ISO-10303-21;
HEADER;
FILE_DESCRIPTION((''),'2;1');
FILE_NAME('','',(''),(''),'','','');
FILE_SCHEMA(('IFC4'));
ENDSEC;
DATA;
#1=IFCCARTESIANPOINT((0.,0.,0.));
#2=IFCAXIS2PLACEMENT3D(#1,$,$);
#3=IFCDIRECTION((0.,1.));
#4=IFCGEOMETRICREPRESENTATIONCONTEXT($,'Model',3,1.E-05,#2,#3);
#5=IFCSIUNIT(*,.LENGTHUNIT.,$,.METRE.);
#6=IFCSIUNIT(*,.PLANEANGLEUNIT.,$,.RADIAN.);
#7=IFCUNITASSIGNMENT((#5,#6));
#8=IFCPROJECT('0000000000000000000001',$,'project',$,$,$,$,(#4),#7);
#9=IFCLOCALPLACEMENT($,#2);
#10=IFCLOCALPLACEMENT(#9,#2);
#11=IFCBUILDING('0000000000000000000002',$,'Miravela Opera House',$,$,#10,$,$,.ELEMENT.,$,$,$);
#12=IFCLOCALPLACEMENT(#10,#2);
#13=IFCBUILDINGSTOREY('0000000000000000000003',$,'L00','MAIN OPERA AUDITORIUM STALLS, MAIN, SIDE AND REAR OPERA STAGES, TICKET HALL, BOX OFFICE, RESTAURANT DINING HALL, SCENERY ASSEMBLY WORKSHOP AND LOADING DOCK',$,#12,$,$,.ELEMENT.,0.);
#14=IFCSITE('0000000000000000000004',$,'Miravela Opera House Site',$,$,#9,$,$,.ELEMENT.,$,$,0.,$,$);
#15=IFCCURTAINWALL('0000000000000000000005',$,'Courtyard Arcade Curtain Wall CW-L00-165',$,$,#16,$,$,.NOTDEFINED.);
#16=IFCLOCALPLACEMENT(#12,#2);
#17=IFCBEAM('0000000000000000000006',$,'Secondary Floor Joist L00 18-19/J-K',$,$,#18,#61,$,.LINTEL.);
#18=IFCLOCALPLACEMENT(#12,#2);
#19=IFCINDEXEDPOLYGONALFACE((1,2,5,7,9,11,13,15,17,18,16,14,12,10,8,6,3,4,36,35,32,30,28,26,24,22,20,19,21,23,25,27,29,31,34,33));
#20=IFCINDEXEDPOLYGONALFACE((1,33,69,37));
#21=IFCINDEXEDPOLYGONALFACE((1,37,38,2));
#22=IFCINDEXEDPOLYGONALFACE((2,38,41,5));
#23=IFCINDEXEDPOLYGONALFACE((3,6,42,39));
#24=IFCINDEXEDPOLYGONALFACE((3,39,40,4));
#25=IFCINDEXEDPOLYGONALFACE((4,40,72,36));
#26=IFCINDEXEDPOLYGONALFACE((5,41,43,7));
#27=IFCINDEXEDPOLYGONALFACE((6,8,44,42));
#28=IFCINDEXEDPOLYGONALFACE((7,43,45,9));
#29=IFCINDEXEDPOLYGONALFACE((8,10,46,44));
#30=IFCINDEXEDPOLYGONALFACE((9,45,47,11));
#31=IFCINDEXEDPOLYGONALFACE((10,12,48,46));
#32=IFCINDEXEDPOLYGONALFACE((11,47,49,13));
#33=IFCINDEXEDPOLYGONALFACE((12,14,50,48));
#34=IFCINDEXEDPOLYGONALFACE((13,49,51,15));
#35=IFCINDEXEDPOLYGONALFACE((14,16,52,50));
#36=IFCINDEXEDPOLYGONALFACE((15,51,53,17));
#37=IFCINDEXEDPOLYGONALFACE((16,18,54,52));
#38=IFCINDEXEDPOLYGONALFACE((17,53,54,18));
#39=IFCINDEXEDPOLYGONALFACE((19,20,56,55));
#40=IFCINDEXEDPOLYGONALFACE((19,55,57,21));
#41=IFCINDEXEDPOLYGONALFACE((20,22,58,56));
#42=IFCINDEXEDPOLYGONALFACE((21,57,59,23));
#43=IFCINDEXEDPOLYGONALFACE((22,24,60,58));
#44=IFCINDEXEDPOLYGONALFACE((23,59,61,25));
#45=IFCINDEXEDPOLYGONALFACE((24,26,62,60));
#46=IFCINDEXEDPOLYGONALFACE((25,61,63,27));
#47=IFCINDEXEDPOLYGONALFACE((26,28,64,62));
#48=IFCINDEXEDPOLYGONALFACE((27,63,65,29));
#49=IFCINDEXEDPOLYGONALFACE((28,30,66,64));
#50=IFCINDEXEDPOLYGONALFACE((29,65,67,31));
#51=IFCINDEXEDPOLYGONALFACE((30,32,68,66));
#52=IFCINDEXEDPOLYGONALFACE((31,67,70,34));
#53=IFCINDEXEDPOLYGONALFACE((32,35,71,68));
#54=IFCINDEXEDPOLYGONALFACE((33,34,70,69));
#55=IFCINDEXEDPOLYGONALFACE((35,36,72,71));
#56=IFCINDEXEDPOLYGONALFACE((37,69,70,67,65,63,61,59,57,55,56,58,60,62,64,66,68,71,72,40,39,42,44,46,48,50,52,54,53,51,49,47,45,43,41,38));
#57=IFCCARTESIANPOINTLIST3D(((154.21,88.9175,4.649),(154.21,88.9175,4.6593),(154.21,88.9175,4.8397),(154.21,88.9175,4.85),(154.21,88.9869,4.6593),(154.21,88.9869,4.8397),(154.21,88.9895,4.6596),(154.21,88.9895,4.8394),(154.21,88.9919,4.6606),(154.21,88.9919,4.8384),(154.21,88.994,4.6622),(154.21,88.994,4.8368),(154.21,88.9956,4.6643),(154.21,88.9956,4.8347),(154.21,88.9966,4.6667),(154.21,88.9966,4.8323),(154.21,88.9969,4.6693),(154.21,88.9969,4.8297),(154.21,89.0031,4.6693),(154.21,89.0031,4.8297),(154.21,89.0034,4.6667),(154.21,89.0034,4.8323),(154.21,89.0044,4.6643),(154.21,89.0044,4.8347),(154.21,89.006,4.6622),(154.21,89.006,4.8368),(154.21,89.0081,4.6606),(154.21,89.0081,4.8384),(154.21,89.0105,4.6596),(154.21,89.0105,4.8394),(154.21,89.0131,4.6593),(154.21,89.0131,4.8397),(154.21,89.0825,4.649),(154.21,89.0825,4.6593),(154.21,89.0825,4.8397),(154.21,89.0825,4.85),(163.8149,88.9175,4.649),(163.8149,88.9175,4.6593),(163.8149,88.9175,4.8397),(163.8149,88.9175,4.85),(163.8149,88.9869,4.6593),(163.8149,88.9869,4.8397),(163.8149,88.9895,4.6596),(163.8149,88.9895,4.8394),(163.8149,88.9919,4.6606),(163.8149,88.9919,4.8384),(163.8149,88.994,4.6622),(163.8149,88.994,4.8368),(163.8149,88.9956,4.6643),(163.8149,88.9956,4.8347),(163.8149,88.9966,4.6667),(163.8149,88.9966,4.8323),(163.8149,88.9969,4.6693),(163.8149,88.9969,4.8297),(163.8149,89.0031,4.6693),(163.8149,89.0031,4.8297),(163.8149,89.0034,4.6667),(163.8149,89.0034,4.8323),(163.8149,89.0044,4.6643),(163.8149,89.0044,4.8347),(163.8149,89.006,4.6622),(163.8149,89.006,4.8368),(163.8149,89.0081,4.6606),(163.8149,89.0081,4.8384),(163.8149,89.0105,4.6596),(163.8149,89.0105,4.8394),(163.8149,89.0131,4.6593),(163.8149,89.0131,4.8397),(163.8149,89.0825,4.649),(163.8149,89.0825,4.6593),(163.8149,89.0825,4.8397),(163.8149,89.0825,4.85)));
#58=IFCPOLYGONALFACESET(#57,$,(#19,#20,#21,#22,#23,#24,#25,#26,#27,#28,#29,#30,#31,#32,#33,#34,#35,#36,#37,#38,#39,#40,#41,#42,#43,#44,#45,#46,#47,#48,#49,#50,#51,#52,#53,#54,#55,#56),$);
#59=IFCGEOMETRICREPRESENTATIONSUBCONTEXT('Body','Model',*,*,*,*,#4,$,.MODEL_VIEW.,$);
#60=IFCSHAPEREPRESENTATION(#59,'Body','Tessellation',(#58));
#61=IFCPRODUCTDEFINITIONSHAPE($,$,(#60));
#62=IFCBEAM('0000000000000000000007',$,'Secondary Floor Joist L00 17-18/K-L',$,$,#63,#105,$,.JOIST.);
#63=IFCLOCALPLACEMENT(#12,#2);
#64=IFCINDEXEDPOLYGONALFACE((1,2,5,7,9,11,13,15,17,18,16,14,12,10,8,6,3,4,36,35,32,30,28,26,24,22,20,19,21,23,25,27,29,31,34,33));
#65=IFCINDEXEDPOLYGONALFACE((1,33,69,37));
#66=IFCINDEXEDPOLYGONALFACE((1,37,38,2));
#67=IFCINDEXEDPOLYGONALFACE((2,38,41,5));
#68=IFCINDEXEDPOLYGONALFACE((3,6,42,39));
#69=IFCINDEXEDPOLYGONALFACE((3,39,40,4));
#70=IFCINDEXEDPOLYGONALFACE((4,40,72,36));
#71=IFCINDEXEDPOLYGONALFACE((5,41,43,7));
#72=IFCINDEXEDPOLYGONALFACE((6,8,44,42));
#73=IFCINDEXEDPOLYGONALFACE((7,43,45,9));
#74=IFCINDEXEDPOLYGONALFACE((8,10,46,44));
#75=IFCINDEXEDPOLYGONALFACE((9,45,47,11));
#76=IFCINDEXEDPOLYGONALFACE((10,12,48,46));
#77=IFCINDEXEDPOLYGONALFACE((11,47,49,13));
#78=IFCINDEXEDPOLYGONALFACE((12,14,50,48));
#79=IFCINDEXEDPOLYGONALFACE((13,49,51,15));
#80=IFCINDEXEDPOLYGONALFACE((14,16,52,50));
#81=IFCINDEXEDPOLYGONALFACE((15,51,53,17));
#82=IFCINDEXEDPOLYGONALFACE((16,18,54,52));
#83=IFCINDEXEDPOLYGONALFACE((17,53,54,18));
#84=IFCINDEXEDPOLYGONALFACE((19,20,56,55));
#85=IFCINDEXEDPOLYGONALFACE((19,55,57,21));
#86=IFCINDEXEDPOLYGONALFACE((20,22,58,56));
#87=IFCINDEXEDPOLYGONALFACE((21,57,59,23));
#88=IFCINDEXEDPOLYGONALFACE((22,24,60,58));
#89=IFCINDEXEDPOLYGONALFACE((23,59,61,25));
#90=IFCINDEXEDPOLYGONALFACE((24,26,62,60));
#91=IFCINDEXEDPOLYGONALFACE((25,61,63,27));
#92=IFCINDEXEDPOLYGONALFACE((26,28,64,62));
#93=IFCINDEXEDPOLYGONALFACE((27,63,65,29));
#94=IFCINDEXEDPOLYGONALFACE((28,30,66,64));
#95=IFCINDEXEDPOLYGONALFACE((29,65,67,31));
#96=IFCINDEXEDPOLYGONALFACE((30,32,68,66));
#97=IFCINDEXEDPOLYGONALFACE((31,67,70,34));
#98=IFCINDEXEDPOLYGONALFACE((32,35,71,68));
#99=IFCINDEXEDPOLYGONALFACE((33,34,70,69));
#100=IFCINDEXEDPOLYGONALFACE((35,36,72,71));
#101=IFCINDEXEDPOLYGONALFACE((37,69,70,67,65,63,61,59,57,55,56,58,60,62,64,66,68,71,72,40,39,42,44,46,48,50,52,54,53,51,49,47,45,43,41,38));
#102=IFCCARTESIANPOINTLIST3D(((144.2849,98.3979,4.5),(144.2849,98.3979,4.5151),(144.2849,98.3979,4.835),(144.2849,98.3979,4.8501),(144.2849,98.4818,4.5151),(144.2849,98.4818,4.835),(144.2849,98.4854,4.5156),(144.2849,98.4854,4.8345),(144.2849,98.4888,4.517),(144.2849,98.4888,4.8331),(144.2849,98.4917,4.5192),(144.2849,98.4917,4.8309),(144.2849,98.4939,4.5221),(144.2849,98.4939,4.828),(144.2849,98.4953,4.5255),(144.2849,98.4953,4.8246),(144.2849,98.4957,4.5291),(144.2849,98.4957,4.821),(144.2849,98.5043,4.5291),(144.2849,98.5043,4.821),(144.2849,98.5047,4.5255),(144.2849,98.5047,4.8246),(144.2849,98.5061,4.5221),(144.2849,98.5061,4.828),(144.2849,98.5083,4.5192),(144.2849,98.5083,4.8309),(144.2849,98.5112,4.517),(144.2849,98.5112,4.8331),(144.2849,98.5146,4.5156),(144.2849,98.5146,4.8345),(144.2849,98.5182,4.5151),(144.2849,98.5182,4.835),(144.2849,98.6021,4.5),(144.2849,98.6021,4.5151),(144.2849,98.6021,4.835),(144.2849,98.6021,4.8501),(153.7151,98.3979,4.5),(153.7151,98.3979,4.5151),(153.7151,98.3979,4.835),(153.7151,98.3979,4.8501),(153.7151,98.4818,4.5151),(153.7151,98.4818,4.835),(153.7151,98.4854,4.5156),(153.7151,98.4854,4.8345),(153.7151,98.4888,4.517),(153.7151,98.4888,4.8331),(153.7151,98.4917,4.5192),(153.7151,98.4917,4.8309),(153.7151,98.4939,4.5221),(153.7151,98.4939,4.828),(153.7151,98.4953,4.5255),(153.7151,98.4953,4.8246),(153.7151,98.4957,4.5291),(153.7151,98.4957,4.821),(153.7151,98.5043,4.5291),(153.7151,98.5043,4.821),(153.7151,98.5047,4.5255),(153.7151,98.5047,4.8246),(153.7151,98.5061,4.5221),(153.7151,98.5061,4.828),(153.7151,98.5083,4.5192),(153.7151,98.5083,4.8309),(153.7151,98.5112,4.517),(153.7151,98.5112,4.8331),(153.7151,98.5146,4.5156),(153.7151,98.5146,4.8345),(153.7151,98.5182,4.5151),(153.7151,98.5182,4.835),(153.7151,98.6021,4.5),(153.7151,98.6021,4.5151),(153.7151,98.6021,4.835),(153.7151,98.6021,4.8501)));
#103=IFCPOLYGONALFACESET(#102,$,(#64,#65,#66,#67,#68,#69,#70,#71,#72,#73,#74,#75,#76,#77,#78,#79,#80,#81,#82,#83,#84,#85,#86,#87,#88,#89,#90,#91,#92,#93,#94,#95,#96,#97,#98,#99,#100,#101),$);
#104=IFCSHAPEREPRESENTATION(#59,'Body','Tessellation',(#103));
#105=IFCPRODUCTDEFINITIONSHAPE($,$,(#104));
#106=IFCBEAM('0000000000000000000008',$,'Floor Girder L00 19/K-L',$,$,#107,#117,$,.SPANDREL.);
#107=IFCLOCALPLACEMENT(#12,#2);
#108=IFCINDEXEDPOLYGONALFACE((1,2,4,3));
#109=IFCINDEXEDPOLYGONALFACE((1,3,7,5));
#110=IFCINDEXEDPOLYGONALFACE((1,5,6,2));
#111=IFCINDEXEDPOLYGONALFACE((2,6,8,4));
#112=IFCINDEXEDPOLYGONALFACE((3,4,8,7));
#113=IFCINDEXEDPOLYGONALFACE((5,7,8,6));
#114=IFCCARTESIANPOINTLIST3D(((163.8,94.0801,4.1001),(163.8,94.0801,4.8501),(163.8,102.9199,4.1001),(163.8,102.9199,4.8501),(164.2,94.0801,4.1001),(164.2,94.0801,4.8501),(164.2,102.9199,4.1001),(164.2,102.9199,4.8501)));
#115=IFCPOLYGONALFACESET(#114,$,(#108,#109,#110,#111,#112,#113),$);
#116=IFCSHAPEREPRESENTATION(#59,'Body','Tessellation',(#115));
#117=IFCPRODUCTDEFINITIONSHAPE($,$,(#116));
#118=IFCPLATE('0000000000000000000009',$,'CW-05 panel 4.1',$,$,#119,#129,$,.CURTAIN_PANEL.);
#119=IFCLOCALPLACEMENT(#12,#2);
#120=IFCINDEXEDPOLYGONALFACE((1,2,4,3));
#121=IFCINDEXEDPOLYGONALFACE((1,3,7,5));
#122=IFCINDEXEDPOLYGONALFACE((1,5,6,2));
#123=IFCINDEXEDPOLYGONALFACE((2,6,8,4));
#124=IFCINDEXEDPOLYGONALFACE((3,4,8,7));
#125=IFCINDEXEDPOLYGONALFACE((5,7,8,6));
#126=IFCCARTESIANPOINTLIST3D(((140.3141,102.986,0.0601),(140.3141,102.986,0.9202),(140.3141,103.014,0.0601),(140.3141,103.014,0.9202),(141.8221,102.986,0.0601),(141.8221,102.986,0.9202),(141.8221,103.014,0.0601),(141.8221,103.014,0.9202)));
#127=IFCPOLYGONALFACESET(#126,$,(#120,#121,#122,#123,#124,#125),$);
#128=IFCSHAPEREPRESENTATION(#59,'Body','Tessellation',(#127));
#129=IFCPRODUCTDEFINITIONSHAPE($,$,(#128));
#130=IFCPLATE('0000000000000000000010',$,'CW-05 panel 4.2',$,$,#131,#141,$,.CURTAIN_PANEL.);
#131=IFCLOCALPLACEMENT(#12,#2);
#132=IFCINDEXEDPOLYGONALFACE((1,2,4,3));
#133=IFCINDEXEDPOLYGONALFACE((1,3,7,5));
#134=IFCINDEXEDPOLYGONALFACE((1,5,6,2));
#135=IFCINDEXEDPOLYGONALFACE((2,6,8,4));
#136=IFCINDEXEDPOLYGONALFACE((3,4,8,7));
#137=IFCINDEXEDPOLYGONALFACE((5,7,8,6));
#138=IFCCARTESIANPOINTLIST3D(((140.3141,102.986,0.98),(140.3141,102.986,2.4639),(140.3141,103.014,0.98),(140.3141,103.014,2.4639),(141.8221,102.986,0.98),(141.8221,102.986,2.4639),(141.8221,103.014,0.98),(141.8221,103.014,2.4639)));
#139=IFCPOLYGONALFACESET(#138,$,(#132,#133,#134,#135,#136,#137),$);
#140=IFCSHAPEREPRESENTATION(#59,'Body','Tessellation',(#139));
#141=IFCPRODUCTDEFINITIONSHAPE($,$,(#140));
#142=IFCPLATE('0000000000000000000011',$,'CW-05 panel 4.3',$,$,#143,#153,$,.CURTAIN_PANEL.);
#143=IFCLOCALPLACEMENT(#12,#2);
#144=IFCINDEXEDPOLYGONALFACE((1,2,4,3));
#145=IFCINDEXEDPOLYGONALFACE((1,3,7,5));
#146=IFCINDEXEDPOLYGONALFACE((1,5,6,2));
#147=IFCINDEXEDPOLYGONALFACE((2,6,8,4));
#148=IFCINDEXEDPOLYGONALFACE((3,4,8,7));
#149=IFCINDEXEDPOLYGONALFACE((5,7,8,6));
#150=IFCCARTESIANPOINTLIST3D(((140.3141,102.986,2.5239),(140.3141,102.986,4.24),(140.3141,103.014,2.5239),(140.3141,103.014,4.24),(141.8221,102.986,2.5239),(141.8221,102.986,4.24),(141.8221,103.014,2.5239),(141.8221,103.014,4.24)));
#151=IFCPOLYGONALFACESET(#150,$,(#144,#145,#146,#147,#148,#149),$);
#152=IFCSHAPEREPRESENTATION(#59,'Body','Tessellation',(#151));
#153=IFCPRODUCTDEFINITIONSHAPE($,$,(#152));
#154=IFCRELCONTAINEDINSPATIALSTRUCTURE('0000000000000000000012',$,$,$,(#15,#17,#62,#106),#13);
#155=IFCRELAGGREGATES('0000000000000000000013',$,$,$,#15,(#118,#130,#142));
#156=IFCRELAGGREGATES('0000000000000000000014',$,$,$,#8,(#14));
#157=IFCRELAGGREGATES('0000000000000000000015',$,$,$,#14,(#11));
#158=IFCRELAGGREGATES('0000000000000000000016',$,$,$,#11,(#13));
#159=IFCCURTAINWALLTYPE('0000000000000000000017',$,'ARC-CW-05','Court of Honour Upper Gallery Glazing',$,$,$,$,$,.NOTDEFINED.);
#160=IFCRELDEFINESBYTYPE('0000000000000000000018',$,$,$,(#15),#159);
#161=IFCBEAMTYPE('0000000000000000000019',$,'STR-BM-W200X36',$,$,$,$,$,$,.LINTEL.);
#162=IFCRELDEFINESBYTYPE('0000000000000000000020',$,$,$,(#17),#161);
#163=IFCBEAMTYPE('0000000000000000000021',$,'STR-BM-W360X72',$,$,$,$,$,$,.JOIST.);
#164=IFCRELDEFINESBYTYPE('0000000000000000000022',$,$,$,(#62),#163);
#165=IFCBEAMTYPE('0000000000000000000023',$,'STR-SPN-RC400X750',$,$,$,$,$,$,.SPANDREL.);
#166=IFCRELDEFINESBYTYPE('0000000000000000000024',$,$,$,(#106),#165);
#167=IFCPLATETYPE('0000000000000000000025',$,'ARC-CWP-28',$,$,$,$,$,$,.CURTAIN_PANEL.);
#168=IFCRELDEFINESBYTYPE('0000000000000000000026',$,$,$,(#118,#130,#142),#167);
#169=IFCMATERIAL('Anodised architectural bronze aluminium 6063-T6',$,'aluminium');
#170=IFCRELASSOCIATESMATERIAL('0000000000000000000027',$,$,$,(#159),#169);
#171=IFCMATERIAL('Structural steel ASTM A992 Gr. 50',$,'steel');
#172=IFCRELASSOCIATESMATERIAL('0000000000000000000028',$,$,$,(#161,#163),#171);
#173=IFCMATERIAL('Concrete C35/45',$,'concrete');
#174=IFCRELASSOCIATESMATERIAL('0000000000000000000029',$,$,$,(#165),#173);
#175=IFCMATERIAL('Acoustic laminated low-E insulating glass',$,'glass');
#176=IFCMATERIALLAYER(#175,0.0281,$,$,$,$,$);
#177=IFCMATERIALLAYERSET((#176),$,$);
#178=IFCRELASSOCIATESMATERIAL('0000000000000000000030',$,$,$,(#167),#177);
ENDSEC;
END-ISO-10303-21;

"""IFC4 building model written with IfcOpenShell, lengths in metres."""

from ifc_helpers import new_model, si_unit, direction, frame, origin, origin_2d, place, context, subcontext, project, spatial, rectangle, i_section, extrude, material, layer, layer_set, material_profile, profile_set, type_object, element, aggregate, save


model = new_model("IFC4")

# Units and contexts
model_context = context("Model", 3, precision=1e-05, world=origin(), true_north=direction((0.0, 1.0)))
body_context = subcontext(model_context, "Body", "Model", "MODEL_VIEW")
ifc_project = project(units=[si_unit("LENGTHUNIT", "METRE"), si_unit("PLANEANGLEUNIT", "RADIAN")], contexts=[model_context])

# Site, building, storey
site_placement = place(None, origin())
site = spatial("IfcSite", under=ifc_project, at=site_placement, Name="Miravela Opera House Site", CompositionType="ELEMENT", RefElevation=0.0)
building_placement = place(site_placement, origin())
building = spatial("IfcBuilding", under=site, at=building_placement, Name="Miravela Opera House", CompositionType="ELEMENT")
storey_placement = place(building_placement, origin())
storey = spatial("IfcBuildingStorey", under=building, at=storey_placement, Name="L00", Description="MAIN OPERA AUDITORIUM STALLS, MAIN, SIDE AND REAR OPERA STAGES, TICKET HALL, BOX OFFICE, RESTAURANT DINING HALL, SCENERY ASSEMBLY WORKSHOP AND LOADING DOCK", CompositionType="ELEMENT", Elevation=0.0)

# Shared definitions
ifc_material_1 = material(Name="Concrete C35/45", Category="concrete")

# Curtain wall
ifc_material_2 = material(Name="Anodised architectural bronze aluminium 6063-T6", Category="aluminium")
curtain_wall_type = type_object("IfcCurtainWallType", Name="ARC-CW-05", Description="Court of Honour Upper Gallery Glazing", PredefinedType="NOTDEFINED", material=ifc_material_2)
curtain_wall_placement = place(storey_placement, origin())
curtain_wall = element("IfcCurtainWall", 1, at=curtain_wall_placement, inside=storey, type_object=curtain_wall_type, Name="Courtyard Arcade Curtain Wall CW-L00-165", PredefinedType="NOTDEFINED")

# Beams
ifc_material_3 = material(Name="Structural steel ASTM A992 Gr. 50", Category="steel")
ifc_material_profile_1 = material_profile(ifc_material_3, i_section(OverallWidth=0.165, OverallDepth=0.2009, WebThickness=0.0061, FlangeThickness=0.0103, FilletRadius=0.01, at=origin_2d()), Name="W200X36")
ifc_profile_set_1 = profile_set([ifc_material_profile_1])
beam_type_1 = type_object("IfcBeamType", Name="STR-BM-W200X36", PredefinedType="LINTEL", material=ifc_profile_set_1)
beam_1_placement = place(storey_placement, frame((154.21, 89.0, 4.7495), z_axis=(1.0, 0.0, 0.0), x_axis=(0.0, 1.0, 0.0)))
element("IfcBeam", 2, at=beam_1_placement, inside=storey, type_object=beam_type_1, Name="Secondary Floor Joist L00 18-19/J-K", PredefinedType="LINTEL", context=body_context, shape_type="SweptSolid", body=[
    extrude(i_section(OverallWidth=0.165, OverallDepth=0.2009, WebThickness=0.0061, FlangeThickness=0.0103, FilletRadius=0.01, at=origin_2d()), origin(), (0.0, 0.0, 1.0), 9.605),
])
ifc_material_profile_2 = material_profile(ifc_material_3, i_section(OverallWidth=0.2041, OverallDepth=0.3501, WebThickness=0.0085, FlangeThickness=0.0151, FilletRadius=0.0139, at=origin_2d()), Name="W360X72")
ifc_profile_set_2 = profile_set([ifc_material_profile_2])
beam_type_2 = type_object("IfcBeamType", Name="STR-BM-W360X72", PredefinedType="JOIST", material=ifc_profile_set_2)
beam_2_placement = place(storey_placement, frame((144.2849, 98.5, 4.675), z_axis=(1.0, 0.0, 0.0), x_axis=(0.0, 1.0, 0.0)))
element("IfcBeam", 3, at=beam_2_placement, inside=storey, type_object=beam_type_2, Name="Secondary Floor Joist L00 17-18/K-L", PredefinedType="JOIST", context=body_context, shape_type="SweptSolid", body=[
    extrude(i_section(OverallWidth=0.2041, OverallDepth=0.3501, WebThickness=0.0085, FlangeThickness=0.0151, FilletRadius=0.0139, at=origin_2d()), origin(), (0.0, 0.0, 1.0), 9.4302),
])
ifc_material_profile_3 = material_profile(ifc_material_1, rectangle(XDim=0.3999, YDim=0.75, at=origin_2d()), Name="RC-SPN-400X750")
ifc_profile_set_3 = profile_set([ifc_material_profile_3])
beam_type_3 = type_object("IfcBeamType", Name="STR-SPN-RC400X750", PredefinedType="SPANDREL", material=ifc_profile_set_3)
beam_3_placement = place(storey_placement, frame((164.0, 94.0801, 4.4751), z_axis=(0.0, 1.0, 0.0), x_axis=(-1.0, 0.0, 0.0)))
element("IfcBeam", 4, at=beam_3_placement, inside=storey, type_object=beam_type_3, Name="Floor Girder L00 19/K-L", PredefinedType="SPANDREL", context=body_context, shape_type="SweptSolid", body=[
    extrude(rectangle(XDim=0.3999, YDim=0.75, at=origin_2d()), origin(), (0.0, 0.0, 1.0), 8.8398),
])

# Plates
ifc_material_4 = material(Name="Acoustic laminated low-E insulating glass", Category="glass")
ifc_layer_1 = layer(ifc_material_4, 0.0281)
ifc_layer_set_1 = layer_set([ifc_layer_1])
plate_type = type_object("IfcPlateType", Name="ARC-CWP-28", PredefinedType="CURTAIN_PANEL", material=ifc_layer_set_1)
plate_1_placement = place(storey_placement, frame((141.0681, 103.0, 0.0601), z_axis=(0.0, 0.0, 1.0), x_axis=(1.0, 0.0, 0.0)))
plate_1 = element("IfcPlate", 5, at=plate_1_placement, type_object=plate_type, Name="CW-05 panel 4.1", PredefinedType="CURTAIN_PANEL", context=body_context, shape_type="SweptSolid", body=[
    extrude(rectangle(XDim=1.5081, YDim=0.0281, at=origin_2d()), origin(), (0.0, 0.0, 1.0), 0.8601),
])
plate_2_placement = place(storey_placement, frame((141.0681, 103.0, 0.98), z_axis=(0.0, 0.0, 1.0), x_axis=(1.0, 0.0, 0.0)))
plate_2 = element("IfcPlate", 6, at=plate_2_placement, type_object=plate_type, Name="CW-05 panel 4.2", PredefinedType="CURTAIN_PANEL", context=body_context, shape_type="SweptSolid", body=[
    extrude(rectangle(XDim=1.5081, YDim=0.0281, at=origin_2d()), origin(), (0.0, 0.0, 1.0), 1.4839),
])
plate_3_placement = place(storey_placement, frame((141.0681, 103.0, 2.5239), z_axis=(0.0, 0.0, 1.0), x_axis=(1.0, 0.0, 0.0)))
plate_3 = element("IfcPlate", 7, at=plate_3_placement, type_object=plate_type, Name="CW-05 panel 4.3", PredefinedType="CURTAIN_PANEL", context=body_context, shape_type="SweptSolid", body=[
    extrude(rectangle(XDim=1.5081, YDim=0.0281, at=origin_2d()), origin(), (0.0, 0.0, 1.0), 1.7161),
])
aggregate(curtain_wall, [plate_1, plate_2, plate_3])

save(model, "model.ifc")
